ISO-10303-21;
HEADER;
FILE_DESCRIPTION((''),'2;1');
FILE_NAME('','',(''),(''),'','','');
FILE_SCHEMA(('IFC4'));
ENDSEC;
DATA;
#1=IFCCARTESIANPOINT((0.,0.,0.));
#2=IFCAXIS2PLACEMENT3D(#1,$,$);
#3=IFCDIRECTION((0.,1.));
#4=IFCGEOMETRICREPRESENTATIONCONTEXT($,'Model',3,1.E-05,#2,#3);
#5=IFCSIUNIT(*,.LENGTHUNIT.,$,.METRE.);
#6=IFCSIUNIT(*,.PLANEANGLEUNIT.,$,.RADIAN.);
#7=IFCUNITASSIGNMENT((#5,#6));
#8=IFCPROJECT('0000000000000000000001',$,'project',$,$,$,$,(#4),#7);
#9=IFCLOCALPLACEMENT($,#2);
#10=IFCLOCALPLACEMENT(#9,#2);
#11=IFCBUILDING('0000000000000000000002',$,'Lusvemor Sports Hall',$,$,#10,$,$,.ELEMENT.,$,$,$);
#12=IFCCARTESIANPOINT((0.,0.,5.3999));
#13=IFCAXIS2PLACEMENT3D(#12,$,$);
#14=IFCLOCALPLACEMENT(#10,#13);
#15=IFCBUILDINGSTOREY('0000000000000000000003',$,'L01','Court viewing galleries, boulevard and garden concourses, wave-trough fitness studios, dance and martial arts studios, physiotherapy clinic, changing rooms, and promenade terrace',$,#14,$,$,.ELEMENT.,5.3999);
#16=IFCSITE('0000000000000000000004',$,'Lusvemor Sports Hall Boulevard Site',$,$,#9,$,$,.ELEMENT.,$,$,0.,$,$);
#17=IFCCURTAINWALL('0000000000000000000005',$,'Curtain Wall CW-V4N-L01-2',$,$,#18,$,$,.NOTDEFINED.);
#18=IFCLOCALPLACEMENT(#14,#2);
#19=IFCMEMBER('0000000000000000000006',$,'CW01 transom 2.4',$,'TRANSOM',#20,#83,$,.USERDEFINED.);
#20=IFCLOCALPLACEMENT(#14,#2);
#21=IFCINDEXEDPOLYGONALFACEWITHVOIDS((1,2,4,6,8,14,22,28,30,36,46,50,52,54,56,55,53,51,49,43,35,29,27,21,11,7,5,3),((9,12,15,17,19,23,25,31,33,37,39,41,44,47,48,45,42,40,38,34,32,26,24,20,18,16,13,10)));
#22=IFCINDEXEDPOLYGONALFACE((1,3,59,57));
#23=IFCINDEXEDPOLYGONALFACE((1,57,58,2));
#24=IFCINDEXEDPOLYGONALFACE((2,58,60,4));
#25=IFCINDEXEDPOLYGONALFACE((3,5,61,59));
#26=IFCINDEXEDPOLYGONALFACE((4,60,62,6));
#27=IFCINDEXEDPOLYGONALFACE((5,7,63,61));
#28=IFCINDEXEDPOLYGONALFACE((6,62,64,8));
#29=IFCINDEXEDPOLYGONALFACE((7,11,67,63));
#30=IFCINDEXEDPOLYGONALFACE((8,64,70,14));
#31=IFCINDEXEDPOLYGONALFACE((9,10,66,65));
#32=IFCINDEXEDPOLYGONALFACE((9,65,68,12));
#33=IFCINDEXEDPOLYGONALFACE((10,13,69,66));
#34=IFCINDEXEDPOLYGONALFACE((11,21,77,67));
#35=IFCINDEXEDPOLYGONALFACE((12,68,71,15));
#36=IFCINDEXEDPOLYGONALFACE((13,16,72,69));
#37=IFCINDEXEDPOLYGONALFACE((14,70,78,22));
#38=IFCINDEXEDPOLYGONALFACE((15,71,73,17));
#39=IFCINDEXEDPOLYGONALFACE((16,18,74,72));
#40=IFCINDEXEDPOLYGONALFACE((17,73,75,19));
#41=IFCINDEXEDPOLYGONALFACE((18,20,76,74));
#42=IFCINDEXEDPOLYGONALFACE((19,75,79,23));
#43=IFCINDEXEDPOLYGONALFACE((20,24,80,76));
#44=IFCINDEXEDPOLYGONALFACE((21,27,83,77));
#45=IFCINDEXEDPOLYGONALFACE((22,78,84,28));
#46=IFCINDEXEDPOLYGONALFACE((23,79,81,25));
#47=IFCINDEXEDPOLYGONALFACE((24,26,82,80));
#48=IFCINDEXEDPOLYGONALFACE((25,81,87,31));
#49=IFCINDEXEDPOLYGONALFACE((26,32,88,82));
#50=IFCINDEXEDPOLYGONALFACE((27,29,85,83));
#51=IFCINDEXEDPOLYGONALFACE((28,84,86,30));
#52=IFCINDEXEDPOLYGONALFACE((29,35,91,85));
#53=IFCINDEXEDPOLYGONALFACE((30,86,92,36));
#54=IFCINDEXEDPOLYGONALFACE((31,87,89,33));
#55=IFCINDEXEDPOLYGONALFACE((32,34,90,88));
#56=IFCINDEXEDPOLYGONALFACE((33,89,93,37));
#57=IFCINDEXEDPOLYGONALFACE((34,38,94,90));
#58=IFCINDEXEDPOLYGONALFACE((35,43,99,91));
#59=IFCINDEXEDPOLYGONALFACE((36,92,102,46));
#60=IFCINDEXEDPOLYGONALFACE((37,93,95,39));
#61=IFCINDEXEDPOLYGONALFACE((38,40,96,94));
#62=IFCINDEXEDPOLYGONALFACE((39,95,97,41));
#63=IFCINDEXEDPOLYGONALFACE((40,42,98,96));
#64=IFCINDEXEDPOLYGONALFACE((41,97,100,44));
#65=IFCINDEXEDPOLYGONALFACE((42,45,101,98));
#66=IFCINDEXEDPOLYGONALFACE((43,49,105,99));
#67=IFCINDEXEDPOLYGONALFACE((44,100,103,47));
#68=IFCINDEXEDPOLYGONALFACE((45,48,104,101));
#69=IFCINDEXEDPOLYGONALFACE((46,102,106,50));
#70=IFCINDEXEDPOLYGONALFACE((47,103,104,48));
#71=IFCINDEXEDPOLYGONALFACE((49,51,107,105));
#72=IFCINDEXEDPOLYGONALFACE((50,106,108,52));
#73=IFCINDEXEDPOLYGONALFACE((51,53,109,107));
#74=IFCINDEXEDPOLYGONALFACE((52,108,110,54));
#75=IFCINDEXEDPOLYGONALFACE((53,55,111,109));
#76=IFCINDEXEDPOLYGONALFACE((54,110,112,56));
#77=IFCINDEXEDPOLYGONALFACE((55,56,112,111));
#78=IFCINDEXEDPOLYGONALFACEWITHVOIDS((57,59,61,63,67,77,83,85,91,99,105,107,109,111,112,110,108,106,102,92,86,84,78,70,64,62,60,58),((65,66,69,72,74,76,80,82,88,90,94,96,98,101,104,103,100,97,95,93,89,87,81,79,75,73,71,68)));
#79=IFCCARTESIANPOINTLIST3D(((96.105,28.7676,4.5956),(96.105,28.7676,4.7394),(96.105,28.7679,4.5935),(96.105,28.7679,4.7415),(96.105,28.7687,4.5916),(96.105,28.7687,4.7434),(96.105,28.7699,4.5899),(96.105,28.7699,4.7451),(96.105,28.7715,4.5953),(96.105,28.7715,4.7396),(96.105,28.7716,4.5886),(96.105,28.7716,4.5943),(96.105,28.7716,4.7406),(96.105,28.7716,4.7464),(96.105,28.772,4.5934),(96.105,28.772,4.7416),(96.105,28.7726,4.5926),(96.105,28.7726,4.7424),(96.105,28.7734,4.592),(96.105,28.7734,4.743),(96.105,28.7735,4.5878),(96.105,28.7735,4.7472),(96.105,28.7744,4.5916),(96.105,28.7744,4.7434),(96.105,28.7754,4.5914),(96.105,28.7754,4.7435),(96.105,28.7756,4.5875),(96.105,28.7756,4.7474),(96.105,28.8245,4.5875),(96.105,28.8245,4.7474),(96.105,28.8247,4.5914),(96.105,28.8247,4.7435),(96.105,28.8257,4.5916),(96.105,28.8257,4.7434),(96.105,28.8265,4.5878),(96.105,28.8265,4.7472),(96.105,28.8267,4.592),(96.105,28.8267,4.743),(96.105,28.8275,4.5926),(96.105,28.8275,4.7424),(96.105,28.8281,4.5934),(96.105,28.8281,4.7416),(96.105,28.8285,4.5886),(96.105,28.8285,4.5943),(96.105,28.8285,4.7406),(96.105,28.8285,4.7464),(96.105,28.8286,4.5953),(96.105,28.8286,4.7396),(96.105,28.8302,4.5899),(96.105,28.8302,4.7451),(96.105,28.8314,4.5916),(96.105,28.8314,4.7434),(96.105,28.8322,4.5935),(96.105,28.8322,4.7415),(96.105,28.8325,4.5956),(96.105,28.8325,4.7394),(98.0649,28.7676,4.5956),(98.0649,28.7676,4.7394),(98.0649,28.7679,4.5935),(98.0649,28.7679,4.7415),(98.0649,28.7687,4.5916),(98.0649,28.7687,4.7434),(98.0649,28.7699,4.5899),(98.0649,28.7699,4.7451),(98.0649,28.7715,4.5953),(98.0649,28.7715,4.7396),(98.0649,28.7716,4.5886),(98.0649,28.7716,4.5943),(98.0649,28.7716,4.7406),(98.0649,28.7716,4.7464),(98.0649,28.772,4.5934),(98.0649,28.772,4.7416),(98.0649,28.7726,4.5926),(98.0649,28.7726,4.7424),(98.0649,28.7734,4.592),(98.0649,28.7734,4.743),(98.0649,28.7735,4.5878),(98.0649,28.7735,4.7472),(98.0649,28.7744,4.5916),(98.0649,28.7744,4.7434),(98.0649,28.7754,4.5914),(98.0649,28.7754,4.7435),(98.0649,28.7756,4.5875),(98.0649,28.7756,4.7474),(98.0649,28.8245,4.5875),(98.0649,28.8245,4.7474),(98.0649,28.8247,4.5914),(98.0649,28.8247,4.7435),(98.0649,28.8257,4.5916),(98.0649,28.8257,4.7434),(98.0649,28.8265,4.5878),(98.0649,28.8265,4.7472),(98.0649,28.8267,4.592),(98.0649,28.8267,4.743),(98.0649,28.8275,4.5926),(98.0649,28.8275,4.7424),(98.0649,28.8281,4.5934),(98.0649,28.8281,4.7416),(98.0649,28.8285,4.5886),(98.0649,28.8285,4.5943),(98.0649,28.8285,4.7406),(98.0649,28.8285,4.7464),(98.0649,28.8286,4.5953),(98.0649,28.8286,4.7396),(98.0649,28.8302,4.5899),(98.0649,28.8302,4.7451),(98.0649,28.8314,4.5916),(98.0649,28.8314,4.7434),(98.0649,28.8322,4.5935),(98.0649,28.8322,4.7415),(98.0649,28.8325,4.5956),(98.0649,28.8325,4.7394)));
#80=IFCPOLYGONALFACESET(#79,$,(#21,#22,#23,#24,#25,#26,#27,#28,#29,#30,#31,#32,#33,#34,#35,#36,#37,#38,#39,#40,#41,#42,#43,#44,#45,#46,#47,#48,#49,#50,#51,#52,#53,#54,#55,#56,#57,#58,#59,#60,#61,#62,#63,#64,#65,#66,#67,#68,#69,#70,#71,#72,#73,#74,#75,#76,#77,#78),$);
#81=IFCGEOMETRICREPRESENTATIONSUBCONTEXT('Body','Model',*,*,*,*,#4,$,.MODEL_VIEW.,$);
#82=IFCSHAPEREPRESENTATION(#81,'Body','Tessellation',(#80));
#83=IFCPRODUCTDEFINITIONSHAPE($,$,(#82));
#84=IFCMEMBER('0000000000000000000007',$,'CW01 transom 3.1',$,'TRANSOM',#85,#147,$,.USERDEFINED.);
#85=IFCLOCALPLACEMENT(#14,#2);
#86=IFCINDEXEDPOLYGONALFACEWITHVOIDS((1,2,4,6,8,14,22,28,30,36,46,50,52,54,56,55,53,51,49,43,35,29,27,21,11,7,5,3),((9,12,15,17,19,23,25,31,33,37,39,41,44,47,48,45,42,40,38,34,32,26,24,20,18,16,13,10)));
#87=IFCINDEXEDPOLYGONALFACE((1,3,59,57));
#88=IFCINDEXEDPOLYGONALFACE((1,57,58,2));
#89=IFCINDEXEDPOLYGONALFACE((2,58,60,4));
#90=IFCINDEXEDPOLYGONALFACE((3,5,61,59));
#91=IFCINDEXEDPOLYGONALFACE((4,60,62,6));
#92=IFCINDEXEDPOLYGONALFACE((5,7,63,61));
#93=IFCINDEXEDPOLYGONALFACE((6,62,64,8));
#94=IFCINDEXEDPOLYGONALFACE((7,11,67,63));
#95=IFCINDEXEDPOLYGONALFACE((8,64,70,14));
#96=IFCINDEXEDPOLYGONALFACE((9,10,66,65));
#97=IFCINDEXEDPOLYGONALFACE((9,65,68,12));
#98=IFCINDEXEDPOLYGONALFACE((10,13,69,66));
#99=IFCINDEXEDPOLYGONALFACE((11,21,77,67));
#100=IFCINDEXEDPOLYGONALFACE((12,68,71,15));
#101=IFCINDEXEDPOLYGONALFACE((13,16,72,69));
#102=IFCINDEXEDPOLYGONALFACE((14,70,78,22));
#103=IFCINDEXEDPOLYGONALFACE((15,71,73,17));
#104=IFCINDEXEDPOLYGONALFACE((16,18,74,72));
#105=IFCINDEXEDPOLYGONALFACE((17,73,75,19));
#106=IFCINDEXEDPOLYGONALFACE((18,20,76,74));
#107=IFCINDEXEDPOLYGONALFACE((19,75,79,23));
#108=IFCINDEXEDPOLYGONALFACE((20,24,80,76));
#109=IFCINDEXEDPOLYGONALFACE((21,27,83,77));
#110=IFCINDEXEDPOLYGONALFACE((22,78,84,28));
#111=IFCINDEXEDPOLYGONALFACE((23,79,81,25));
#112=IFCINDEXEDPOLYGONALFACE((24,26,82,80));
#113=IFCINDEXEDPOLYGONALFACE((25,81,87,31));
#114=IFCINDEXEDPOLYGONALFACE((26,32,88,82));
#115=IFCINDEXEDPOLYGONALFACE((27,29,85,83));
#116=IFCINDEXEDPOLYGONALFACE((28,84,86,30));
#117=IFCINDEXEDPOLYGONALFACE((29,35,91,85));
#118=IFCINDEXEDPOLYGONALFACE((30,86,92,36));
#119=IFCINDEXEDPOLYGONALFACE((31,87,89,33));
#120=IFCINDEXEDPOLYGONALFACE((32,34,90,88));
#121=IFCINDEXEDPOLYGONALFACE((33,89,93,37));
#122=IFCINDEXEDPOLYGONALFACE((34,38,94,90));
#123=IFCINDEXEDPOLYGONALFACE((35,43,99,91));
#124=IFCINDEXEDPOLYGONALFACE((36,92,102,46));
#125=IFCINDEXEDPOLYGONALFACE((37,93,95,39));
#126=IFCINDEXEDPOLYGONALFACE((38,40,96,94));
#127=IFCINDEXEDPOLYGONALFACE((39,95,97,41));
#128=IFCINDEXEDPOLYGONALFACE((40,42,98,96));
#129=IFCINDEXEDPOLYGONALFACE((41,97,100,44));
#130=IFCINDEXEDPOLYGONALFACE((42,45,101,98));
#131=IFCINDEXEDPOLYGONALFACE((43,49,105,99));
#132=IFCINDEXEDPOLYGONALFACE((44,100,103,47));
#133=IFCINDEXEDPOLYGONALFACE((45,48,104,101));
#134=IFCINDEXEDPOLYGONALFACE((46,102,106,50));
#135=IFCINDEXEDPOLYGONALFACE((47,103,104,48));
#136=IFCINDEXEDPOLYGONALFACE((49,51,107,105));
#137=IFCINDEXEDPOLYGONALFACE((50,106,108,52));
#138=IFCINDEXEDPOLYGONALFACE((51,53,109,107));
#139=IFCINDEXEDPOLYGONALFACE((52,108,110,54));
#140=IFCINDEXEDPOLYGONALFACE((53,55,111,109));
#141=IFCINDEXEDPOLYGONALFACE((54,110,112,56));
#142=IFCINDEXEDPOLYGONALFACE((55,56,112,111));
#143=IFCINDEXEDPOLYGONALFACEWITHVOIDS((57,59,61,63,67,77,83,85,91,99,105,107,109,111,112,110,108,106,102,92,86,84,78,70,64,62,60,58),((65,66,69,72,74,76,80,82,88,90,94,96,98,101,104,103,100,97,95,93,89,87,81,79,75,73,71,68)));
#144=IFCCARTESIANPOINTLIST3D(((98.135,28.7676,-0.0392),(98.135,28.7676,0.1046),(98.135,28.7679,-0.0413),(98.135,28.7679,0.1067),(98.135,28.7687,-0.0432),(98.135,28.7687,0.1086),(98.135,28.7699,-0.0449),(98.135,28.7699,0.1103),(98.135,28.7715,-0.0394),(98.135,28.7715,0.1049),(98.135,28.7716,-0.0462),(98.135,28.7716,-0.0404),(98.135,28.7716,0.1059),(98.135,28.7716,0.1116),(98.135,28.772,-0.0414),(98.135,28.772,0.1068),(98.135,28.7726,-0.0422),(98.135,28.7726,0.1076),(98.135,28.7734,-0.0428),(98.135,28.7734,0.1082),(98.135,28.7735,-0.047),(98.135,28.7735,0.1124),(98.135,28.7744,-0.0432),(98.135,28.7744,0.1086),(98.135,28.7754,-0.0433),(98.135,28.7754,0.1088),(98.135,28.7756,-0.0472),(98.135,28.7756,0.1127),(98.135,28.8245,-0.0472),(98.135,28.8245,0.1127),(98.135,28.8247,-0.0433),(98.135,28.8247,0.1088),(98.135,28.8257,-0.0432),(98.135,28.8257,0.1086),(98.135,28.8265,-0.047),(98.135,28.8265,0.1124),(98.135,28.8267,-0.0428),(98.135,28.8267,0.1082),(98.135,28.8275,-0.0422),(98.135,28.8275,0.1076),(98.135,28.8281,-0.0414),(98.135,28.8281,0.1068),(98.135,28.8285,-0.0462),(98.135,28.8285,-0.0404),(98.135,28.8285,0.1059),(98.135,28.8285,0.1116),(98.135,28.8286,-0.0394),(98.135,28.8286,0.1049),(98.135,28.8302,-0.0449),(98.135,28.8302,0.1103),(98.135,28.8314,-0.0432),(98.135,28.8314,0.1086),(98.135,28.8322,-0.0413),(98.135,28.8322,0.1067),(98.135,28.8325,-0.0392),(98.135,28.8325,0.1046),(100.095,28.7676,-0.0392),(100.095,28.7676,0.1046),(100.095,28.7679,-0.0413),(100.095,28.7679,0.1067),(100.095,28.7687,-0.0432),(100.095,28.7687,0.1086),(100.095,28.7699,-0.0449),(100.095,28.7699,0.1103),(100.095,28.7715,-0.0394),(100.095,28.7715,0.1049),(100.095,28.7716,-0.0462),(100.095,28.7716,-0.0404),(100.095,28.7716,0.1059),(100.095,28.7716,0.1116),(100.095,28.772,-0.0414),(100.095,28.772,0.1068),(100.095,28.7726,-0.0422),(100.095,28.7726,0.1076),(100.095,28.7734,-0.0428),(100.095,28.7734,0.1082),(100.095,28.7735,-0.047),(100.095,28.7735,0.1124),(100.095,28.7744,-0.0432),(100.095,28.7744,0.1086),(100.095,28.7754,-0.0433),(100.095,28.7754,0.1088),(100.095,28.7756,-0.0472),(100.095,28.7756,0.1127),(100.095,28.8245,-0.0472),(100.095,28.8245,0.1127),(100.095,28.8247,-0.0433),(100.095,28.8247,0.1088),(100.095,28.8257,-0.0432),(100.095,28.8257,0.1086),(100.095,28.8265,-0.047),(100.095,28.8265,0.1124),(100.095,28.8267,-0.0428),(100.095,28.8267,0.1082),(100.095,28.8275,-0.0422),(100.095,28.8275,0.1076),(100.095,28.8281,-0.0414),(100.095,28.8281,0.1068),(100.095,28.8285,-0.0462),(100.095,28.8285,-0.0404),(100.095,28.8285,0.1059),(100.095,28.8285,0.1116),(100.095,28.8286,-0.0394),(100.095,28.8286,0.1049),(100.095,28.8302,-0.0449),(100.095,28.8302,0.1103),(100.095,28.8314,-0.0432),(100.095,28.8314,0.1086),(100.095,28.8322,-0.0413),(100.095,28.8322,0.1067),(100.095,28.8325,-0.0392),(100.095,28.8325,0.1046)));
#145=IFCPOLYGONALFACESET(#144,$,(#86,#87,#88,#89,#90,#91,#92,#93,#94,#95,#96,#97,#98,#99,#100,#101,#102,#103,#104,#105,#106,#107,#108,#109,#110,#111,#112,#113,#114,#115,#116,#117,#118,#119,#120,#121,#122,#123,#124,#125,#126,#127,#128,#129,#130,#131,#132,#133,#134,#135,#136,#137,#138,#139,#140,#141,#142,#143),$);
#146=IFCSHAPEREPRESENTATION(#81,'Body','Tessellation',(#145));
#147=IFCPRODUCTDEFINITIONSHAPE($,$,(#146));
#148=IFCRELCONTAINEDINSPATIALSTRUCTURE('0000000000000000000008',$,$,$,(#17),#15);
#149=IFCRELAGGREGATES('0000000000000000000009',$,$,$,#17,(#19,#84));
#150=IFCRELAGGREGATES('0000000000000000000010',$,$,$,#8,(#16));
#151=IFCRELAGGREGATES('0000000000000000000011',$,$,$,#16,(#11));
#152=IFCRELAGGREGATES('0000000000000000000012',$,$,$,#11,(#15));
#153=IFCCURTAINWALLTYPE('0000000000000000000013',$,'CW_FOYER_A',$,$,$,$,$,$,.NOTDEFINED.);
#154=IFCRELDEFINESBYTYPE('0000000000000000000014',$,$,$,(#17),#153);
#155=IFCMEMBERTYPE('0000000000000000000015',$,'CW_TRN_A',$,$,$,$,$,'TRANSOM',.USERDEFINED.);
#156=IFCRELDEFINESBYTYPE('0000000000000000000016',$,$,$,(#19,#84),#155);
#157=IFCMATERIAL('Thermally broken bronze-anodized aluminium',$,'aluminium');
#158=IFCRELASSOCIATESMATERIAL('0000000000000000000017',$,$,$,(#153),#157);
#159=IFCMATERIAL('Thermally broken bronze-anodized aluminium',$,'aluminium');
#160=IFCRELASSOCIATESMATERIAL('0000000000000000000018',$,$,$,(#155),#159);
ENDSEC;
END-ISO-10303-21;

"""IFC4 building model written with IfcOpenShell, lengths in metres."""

from ifc_helpers import new_model, si_unit, direction, frame, origin, origin_2d, place, context, subcontext, project, spatial, hollow_rectangle, extrude, material, material_profile, profile_set, type_object, element, aggregate, save


model = new_model("IFC4")

# Units and contexts
model_context = context("Model", 3, precision=1e-05, world=origin(), true_north=direction((0.0, 1.0)))
body_context = subcontext(model_context, "Body", "Model", "MODEL_VIEW")
ifc_project = project(units=[si_unit("LENGTHUNIT", "METRE"), si_unit("PLANEANGLEUNIT", "RADIAN")], contexts=[model_context])

# Site, building, storey
site_placement = place(None, origin())
site = spatial("IfcSite", under=ifc_project, at=site_placement, Name="Lusvemor Sports Hall Boulevard Site", CompositionType="ELEMENT", RefElevation=0.0)
building_placement = place(site_placement, origin())
building = spatial("IfcBuilding", under=site, at=building_placement, Name="Lusvemor Sports Hall", CompositionType="ELEMENT")
storey_placement = place(building_placement, frame((0.0, 0.0, 5.3999)))
storey = spatial("IfcBuildingStorey", under=building, at=storey_placement, Name="L01", Description="Court viewing galleries, boulevard and garden concourses, wave-trough fitness studios, dance and martial arts studios, physiotherapy clinic, changing rooms, and promenade terrace", CompositionType="ELEMENT", Elevation=5.3999)

# Curtain wall
ifc_material_1 = material(Name="Thermally broken bronze-anodized aluminium", Category="aluminium")
curtain_wall_type = type_object("IfcCurtainWallType", Name="CW_FOYER_A", PredefinedType="NOTDEFINED", material=ifc_material_1)
curtain_wall_1_placement = place(storey_placement, origin())
curtain_wall_1 = element("IfcCurtainWall", 1, at=curtain_wall_1_placement, inside=storey, type_object=curtain_wall_type, Name="Curtain Wall CW-V4N-L01-2", PredefinedType="NOTDEFINED")

# Members
ifc_material_2 = material(Name="Thermally broken bronze-anodized aluminium", Category="aluminium")
ifc_material_profile_1 = material_profile(ifc_material_2, hollow_rectangle(XDim=0.0649, YDim=0.1599, WallThickness=0.0039, InnerFilletRadius=0.0039, OuterFilletRadius=0.0081, at=origin_2d()), Name="CWTRN160x65x4")
ifc_profile_set_1 = profile_set([ifc_material_profile_1], Name="Thermally broken bronze-anodized aluminium")
member_type_1 = type_object("IfcMemberType", Name="CW_TRN_A", ElementType="TRANSOM", PredefinedType="USERDEFINED", material=ifc_profile_set_1)
member_1_placement = place(storey_placement, frame((96.105, 28.8, 4.6675), z_axis=(1.0, 0.0, 0.0), x_axis=(0.0, 1.0, 0.0)))
member_1 = element("IfcMember", 2, at=member_1_placement, type_object=member_type_1, Name="CW01 transom 2.4", ObjectType="TRANSOM", PredefinedType="USERDEFINED", context=body_context, shape_type="SweptSolid", body=[
    extrude(hollow_rectangle(XDim=0.0649, YDim=0.1599, WallThickness=0.0039, InnerFilletRadius=0.0039, OuterFilletRadius=0.0081, at=origin_2d()), origin(), (0.0, 0.0, 1.0), 1.96),
])
member_2_placement = place(storey_placement, frame((98.135, 28.8, 0.0327), z_axis=(1.0, 0.0, 0.0), x_axis=(0.0, 1.0, 0.0)))
member_2 = element("IfcMember", 3, at=member_2_placement, type_object=member_type_1, Name="CW01 transom 3.1", ObjectType="TRANSOM", PredefinedType="USERDEFINED", context=body_context, shape_type="SweptSolid", body=[
    extrude(hollow_rectangle(XDim=0.0649, YDim=0.1599, WallThickness=0.0039, InnerFilletRadius=0.0039, OuterFilletRadius=0.0081, at=origin_2d()), origin(), (0.0, 0.0, 1.0), 1.96),
])

aggregate(curtain_wall_1, [member_1, member_2])

save(model, "model.ifc")
